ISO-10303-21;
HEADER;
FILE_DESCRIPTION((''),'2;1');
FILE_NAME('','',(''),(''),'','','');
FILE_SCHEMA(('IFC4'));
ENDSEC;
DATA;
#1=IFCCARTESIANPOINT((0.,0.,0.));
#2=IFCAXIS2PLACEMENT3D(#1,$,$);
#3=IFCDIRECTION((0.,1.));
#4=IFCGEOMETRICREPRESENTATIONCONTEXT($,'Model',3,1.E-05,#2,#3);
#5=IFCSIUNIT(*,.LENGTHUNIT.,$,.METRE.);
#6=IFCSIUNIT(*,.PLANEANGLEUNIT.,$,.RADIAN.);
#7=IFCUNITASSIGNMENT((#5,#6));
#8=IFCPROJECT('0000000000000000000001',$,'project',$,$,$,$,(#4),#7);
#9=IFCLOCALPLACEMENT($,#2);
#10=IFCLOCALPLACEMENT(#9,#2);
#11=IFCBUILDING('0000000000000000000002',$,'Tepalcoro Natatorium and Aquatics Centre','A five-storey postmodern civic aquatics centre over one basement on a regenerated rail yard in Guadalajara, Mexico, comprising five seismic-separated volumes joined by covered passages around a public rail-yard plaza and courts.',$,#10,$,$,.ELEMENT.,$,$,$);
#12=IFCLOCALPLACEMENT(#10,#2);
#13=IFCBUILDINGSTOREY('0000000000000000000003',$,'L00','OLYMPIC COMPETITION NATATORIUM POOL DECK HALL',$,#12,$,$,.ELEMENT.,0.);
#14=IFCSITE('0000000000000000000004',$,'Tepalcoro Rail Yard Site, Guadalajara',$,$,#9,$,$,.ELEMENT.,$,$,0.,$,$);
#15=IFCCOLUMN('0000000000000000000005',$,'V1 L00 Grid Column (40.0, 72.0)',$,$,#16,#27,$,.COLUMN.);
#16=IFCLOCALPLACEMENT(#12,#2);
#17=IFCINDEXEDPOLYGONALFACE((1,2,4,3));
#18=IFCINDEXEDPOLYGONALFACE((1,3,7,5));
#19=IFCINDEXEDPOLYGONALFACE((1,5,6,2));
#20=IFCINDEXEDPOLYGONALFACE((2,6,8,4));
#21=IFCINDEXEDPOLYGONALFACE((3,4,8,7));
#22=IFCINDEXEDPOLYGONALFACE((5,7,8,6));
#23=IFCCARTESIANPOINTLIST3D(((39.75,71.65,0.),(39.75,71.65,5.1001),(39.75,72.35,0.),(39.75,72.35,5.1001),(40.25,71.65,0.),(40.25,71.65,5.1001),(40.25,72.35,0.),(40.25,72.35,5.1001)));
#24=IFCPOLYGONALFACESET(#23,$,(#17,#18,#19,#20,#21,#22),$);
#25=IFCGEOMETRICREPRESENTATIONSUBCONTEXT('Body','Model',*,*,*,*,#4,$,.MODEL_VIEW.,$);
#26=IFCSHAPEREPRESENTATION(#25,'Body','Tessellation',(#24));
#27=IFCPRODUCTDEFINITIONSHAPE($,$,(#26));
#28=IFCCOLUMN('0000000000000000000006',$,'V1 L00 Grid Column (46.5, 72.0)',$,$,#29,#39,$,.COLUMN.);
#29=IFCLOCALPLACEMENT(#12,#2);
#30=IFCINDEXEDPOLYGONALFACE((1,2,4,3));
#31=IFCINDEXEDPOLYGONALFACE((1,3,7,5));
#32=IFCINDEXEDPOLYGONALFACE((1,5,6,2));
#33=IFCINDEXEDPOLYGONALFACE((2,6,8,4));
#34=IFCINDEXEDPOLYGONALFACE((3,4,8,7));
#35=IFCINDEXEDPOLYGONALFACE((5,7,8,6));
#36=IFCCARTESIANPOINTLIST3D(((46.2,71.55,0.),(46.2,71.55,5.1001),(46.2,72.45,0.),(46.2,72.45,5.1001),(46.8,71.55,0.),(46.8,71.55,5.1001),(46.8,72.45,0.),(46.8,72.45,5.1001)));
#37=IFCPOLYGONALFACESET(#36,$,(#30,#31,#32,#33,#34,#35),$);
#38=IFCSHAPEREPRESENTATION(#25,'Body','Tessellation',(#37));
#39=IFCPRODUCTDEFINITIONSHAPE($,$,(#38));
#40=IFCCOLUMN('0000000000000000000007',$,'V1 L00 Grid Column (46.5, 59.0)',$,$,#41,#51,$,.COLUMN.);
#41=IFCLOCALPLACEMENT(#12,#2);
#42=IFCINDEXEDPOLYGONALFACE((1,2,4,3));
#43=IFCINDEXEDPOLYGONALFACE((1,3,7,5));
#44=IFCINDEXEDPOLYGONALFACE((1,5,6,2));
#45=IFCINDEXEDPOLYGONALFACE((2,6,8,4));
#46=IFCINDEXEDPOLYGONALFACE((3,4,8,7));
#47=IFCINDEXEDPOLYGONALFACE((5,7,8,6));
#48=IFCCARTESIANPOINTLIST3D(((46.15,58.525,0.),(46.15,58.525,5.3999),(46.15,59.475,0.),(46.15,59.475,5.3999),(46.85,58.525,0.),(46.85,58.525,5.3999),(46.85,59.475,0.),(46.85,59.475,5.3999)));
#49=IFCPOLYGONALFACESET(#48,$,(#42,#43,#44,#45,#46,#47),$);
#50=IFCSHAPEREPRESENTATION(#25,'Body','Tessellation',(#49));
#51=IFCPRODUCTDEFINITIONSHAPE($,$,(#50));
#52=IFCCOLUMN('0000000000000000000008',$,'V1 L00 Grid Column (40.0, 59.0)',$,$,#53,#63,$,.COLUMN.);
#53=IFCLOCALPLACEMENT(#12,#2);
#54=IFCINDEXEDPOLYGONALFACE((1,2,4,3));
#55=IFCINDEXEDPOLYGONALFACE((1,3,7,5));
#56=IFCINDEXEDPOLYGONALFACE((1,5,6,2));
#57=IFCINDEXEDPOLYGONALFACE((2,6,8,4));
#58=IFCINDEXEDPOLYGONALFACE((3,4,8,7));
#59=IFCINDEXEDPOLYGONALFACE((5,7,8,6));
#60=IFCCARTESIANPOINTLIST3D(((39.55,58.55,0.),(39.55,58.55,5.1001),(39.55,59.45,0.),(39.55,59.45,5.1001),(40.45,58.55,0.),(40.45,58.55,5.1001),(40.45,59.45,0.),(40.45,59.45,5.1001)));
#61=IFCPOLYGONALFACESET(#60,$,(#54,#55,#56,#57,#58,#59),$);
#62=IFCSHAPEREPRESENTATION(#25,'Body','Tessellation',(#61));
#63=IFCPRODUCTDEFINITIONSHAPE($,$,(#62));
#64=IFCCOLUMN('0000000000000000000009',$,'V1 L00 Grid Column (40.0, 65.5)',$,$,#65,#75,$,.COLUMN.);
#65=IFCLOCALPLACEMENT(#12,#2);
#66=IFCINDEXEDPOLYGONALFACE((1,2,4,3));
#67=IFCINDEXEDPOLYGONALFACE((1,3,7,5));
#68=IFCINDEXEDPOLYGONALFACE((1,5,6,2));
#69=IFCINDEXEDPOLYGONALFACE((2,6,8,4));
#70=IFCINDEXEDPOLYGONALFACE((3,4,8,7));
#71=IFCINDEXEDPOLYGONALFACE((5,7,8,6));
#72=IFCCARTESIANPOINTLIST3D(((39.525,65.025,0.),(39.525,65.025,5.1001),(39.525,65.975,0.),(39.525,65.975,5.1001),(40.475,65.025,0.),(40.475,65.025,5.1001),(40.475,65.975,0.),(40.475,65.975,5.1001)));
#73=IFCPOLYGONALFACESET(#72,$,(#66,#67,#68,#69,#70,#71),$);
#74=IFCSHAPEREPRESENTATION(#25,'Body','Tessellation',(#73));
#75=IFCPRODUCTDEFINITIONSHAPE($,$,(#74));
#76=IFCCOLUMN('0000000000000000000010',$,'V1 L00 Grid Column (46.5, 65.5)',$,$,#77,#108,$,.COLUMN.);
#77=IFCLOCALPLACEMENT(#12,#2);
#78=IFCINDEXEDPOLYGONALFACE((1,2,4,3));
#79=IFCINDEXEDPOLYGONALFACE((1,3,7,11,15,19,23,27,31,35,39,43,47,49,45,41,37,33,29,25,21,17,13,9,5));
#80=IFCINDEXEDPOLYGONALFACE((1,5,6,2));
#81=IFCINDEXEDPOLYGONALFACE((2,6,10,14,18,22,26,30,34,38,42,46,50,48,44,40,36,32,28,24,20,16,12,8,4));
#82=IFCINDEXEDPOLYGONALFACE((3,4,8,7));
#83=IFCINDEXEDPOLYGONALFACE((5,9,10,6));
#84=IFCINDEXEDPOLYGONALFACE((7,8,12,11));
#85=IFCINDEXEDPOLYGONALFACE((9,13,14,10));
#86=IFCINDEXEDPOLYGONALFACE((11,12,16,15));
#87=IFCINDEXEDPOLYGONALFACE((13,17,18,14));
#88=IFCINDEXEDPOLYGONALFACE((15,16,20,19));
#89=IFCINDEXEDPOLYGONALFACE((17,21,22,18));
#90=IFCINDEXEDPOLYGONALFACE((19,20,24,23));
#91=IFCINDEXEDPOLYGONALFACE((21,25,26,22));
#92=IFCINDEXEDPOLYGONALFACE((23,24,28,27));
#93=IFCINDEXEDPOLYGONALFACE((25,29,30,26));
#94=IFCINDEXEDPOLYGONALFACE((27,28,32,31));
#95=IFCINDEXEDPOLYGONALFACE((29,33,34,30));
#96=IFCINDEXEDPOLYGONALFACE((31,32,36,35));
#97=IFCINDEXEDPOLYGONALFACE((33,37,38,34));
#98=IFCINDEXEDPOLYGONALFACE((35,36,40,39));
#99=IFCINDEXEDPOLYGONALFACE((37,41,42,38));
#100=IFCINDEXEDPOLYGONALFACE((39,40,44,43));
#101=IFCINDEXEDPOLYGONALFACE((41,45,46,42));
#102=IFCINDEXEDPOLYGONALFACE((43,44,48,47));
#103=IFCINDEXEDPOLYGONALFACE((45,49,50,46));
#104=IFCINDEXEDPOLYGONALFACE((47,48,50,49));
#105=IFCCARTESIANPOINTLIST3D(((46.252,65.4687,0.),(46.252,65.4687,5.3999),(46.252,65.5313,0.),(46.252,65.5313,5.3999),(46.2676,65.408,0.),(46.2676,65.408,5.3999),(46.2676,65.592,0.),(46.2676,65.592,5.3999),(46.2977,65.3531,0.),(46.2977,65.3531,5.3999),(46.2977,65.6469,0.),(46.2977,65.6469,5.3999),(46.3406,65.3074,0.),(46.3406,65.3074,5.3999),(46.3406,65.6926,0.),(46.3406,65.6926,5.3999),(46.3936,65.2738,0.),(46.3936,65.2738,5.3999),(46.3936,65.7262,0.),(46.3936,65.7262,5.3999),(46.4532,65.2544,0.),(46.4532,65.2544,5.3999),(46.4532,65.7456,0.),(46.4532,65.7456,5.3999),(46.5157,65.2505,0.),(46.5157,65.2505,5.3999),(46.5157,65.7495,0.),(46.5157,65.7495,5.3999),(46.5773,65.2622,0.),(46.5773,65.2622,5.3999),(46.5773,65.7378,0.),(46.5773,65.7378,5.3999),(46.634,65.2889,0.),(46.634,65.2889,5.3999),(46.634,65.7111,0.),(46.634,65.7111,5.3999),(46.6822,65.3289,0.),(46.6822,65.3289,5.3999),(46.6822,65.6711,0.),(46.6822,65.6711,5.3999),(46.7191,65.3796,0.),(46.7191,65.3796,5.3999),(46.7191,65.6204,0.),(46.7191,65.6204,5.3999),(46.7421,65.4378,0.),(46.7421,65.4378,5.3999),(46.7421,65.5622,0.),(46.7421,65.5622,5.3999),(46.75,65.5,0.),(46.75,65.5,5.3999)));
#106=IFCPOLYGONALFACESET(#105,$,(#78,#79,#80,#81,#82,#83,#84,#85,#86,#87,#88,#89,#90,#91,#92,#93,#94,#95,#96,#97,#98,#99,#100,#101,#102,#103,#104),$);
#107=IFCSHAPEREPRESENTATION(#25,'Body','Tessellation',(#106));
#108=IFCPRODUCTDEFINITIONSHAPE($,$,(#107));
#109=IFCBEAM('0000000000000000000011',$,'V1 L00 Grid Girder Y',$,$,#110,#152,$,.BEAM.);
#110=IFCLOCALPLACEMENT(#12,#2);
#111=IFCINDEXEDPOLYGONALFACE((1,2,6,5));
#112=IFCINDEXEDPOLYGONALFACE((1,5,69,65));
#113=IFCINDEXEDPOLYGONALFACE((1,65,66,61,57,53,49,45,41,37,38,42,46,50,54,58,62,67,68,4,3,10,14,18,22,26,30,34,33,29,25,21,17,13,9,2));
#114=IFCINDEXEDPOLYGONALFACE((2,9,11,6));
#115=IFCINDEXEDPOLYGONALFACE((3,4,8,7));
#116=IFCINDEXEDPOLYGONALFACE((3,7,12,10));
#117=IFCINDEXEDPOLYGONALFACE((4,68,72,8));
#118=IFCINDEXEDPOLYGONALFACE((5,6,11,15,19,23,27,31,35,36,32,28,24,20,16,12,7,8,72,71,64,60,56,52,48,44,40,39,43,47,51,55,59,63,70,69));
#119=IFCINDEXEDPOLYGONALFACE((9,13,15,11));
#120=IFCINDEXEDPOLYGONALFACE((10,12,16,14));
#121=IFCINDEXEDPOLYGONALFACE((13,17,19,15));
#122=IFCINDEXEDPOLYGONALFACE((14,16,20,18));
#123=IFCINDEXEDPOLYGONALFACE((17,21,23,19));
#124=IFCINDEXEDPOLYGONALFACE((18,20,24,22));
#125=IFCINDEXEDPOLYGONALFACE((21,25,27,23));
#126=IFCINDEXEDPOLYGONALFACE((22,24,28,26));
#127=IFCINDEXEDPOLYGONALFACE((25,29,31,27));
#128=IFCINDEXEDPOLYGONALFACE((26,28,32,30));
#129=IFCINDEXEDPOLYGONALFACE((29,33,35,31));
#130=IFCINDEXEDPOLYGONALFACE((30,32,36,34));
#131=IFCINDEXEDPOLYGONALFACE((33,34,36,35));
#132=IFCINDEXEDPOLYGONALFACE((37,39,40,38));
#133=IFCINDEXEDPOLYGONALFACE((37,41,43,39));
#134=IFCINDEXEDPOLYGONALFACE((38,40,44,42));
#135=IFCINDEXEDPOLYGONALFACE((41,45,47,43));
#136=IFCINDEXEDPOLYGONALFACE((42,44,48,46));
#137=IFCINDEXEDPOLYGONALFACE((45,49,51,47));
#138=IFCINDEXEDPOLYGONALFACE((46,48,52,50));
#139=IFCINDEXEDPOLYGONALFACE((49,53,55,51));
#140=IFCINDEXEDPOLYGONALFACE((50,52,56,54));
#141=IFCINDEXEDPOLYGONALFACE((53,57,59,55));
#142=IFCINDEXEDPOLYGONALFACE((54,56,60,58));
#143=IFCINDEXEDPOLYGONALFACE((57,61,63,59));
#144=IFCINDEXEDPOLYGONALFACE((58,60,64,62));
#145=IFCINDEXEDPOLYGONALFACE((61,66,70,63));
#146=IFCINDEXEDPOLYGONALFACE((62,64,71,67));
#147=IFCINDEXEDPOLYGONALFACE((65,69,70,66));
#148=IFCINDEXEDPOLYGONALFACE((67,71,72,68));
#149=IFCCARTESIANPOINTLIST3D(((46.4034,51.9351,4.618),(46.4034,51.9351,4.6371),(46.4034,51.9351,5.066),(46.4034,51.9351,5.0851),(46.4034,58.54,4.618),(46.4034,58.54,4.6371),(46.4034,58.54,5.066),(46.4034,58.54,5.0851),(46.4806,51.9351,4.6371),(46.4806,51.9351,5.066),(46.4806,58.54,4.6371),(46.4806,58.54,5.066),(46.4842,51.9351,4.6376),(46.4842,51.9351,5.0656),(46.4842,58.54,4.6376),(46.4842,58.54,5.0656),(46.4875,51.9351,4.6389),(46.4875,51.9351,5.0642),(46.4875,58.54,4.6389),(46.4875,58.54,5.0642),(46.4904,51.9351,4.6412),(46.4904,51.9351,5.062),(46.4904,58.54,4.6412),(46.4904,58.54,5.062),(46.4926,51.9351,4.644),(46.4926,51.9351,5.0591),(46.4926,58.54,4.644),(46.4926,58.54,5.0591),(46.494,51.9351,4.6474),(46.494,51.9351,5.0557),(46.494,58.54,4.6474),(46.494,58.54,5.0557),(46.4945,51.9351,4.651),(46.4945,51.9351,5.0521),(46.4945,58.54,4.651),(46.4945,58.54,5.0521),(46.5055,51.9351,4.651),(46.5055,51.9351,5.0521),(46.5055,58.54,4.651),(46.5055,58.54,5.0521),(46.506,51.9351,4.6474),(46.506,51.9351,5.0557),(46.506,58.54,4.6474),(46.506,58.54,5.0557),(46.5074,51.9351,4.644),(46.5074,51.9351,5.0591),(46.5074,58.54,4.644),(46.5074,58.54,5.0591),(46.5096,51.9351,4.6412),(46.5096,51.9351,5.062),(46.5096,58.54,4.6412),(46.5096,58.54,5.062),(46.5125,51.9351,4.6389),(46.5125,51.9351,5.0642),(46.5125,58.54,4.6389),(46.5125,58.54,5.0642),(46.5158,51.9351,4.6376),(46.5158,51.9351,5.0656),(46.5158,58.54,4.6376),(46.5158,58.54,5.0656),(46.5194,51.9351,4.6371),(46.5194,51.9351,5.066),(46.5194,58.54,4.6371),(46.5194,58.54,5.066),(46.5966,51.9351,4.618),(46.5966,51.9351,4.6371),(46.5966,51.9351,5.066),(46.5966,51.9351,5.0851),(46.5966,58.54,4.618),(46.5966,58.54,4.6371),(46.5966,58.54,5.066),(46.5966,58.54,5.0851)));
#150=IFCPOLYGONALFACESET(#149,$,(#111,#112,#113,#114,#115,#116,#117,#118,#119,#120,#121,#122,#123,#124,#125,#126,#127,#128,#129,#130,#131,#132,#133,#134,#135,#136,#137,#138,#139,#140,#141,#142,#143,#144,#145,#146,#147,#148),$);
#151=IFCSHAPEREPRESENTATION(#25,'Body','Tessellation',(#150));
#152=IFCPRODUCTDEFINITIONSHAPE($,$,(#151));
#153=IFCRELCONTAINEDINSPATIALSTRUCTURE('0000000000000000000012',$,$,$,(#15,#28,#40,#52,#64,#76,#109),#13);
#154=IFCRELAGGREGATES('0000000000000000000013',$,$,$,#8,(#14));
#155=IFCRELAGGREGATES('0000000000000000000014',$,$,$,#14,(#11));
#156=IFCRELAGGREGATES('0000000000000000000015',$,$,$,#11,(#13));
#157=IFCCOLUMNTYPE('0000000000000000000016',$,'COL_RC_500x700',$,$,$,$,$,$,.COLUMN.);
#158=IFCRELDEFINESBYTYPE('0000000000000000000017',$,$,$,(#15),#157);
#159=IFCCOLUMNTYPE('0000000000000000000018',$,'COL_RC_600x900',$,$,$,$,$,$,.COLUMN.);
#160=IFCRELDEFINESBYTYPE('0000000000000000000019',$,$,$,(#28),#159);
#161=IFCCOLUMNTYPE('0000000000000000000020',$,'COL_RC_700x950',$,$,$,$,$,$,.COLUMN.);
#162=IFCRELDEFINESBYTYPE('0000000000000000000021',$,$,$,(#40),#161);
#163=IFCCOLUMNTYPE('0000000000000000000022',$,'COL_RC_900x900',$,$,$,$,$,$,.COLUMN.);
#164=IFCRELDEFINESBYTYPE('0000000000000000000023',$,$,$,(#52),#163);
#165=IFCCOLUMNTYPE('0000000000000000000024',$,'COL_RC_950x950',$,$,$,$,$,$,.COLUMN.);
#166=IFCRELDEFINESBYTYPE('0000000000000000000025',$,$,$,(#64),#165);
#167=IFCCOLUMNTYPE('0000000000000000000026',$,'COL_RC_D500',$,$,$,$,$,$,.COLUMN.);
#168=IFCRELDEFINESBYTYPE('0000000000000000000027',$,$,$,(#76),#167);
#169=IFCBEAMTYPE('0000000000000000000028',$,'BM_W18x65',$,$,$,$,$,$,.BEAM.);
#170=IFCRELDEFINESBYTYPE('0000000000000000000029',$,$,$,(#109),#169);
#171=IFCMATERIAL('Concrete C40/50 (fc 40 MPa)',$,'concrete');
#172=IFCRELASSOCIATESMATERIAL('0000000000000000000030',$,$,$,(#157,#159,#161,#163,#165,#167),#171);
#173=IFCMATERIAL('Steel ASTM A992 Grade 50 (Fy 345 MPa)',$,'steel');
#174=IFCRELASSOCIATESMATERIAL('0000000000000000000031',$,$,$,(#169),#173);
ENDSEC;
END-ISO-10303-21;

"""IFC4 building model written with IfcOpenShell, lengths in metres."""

from ifc_helpers import new_model, si_unit, direction, frame, origin, origin_2d, place, context, subcontext, project, spatial, rectangle, circle, i_section, extrude, material, material_profile, profile_set, type_object, element, save


model = new_model("IFC4")

# Units and contexts
model_context = context("Model", 3, precision=1e-05, world=origin(), true_north=direction((0.0, 1.0)))
body_context = subcontext(model_context, "Body", "Model", "MODEL_VIEW")
ifc_project = project(units=[si_unit("LENGTHUNIT", "METRE"), si_unit("PLANEANGLEUNIT", "RADIAN")], contexts=[model_context])

# Site, building, storey
site_placement = place(None, origin())
site = spatial("IfcSite", under=ifc_project, at=site_placement, Name="Tepalcoro Rail Yard Site, Guadalajara", CompositionType="ELEMENT", RefElevation=0.0)
building_placement = place(site_placement, origin())
building = spatial("IfcBuilding", under=site, at=building_placement, Name="Tepalcoro Natatorium and Aquatics Centre", Description="A five-storey postmodern civic aquatics centre over one basement on a regenerated rail yard in Guadalajara, Mexico, comprising five seismic-separated volumes joined by covered passages around a public rail-yard plaza and courts.", CompositionType="ELEMENT")
storey_placement = place(building_placement, origin())
storey = spatial("IfcBuildingStorey", under=building, at=storey_placement, Name="L00", Description="OLYMPIC COMPETITION NATATORIUM POOL DECK HALL", CompositionType="ELEMENT", Elevation=0.0)

# Columns
ifc_material_1 = material(Name="Concrete C40/50 (fc 40 MPa)", Category="concrete")
ifc_material_profile_1 = material_profile(ifc_material_1, rectangle(XDim=0.5, YDim=0.7, at=origin_2d()), Name="RC500x700")
ifc_profile_set_1 = profile_set([ifc_material_profile_1], Name="Concrete C40/50 (fc 40 MPa)")
column_type_1 = type_object("IfcColumnType", Name="COL_RC_500x700", PredefinedType="COLUMN", material=ifc_profile_set_1)
column_1_placement = place(storey_placement, frame((40.0, 72.0, 0.0), z_axis=(0.0, 0.0, 1.0), x_axis=(1.0, 0.0, 0.0)))
element("IfcColumn", 1, at=column_1_placement, inside=storey, type_object=column_type_1, Name="V1 L00 Grid Column (40.0, 72.0)", PredefinedType="COLUMN", context=body_context, shape_type="SweptSolid", body=[
    extrude(rectangle(XDim=0.5, YDim=0.7, at=origin_2d()), origin(), (0.0, 0.0, 1.0), 5.1001),
])
ifc_material_profile_2 = material_profile(ifc_material_1, rectangle(XDim=0.6001, YDim=0.8999, at=origin_2d()), Name="RC600x900")
ifc_profile_set_2 = profile_set([ifc_material_profile_2], Name="Concrete C40/50 (fc 40 MPa)")
column_type_2 = type_object("IfcColumnType", Name="COL_RC_600x900", PredefinedType="COLUMN", material=ifc_profile_set_2)
column_2_placement = place(storey_placement, frame((46.5, 72.0, 0.0), z_axis=(0.0, 0.0, 1.0), x_axis=(1.0, 0.0, 0.0)))
element("IfcColumn", 2, at=column_2_placement, inside=storey, type_object=column_type_2, Name="V1 L00 Grid Column (46.5, 72.0)", PredefinedType="COLUMN", context=body_context, shape_type="SweptSolid", body=[
    extrude(rectangle(XDim=0.6001, YDim=0.8999, at=origin_2d()), origin(), (0.0, 0.0, 1.0), 5.1001),
])
ifc_material_profile_3 = material_profile(ifc_material_1, rectangle(XDim=0.7, YDim=0.95, at=origin_2d()), Name="RC700x950")
ifc_profile_set_3 = profile_set([ifc_material_profile_3], Name="Concrete C40/50 (fc 40 MPa)")
column_type_3 = type_object("IfcColumnType", Name="COL_RC_700x950", PredefinedType="COLUMN", material=ifc_profile_set_3)
column_3_placement = place(storey_placement, frame((46.5, 59.0, 0.0), z_axis=(0.0, 0.0, 1.0), x_axis=(1.0, 0.0, 0.0)))
element("IfcColumn", 3, at=column_3_placement, inside=storey, type_object=column_type_3, Name="V1 L00 Grid Column (46.5, 59.0)", PredefinedType="COLUMN", context=body_context, shape_type="SweptSolid", body=[
    extrude(rectangle(XDim=0.7, YDim=0.95, at=origin_2d()), origin(), (0.0, 0.0, 1.0), 5.3999),
])
ifc_material_profile_4 = material_profile(ifc_material_1, rectangle(XDim=0.8999, YDim=0.8999, at=origin_2d()), Name="RC900x900")
ifc_profile_set_4 = profile_set([ifc_material_profile_4], Name="Concrete C40/50 (fc 40 MPa)")
column_type_4 = type_object("IfcColumnType", Name="COL_RC_900x900", PredefinedType="COLUMN", material=ifc_profile_set_4)
column_4_placement = place(storey_placement, frame((40.0, 59.0, 0.0), z_axis=(0.0, 0.0, 1.0), x_axis=(1.0, 0.0, 0.0)))
element("IfcColumn", 4, at=column_4_placement, inside=storey, type_object=column_type_4, Name="V1 L00 Grid Column (40.0, 59.0)", PredefinedType="COLUMN", context=body_context, shape_type="SweptSolid", body=[
    extrude(rectangle(XDim=0.8999, YDim=0.8999, at=origin_2d()), origin(), (0.0, 0.0, 1.0), 5.1001),
])
ifc_material_profile_5 = material_profile(ifc_material_1, rectangle(XDim=0.95, YDim=0.95, at=origin_2d()), Name="RC950x950")
ifc_profile_set_5 = profile_set([ifc_material_profile_5], Name="Concrete C40/50 (fc 40 MPa)")
column_type_5 = type_object("IfcColumnType", Name="COL_RC_950x950", PredefinedType="COLUMN", material=ifc_profile_set_5)
column_5_placement = place(storey_placement, frame((40.0, 65.5, 0.0), z_axis=(0.0, 0.0, 1.0), x_axis=(1.0, 0.0, 0.0)))
element("IfcColumn", 5, at=column_5_placement, inside=storey, type_object=column_type_5, Name="V1 L00 Grid Column (40.0, 65.5)", PredefinedType="COLUMN", context=body_context, shape_type="SweptSolid", body=[
    extrude(rectangle(XDim=0.95, YDim=0.95, at=origin_2d()), origin(), (0.0, 0.0, 1.0), 5.1001),
])
ifc_material_profile_6 = material_profile(ifc_material_1, circle(Radius=0.25, at=origin_2d()), Name="RCD500")
ifc_profile_set_6 = profile_set([ifc_material_profile_6], Name="Concrete C40/50 (fc 40 MPa)")
column_type_6 = type_object("IfcColumnType", Name="COL_RC_D500", PredefinedType="COLUMN", material=ifc_profile_set_6)
column_6_placement = place(storey_placement, frame((46.5, 65.5, 0.0), z_axis=(0.0, 0.0, 1.0), x_axis=(1.0, 0.0, 0.0)))
element("IfcColumn", 6, at=column_6_placement, inside=storey, type_object=column_type_6, Name="V1 L00 Grid Column (46.5, 65.5)", PredefinedType="COLUMN", context=body_context, shape_type="SweptSolid", body=[
    extrude(circle(Radius=0.25, at=origin_2d()), origin(), (0.0, 0.0, 1.0), 5.3999),
])

# Beam
ifc_material_2 = material(Name="Steel ASTM A992 Grade 50 (Fy 345 MPa)", Category="steel")
ifc_material_profile_7 = material_profile(ifc_material_2, i_section(OverallWidth=0.1931, OverallDepth=0.467, WebThickness=0.011, FlangeThickness=0.019, FilletRadius=0.0139, at=origin_2d()), Name="W18X65")
ifc_profile_set_7 = profile_set([ifc_material_profile_7], Name="Steel ASTM A992 Grade 50 (Fy 345 MPa)")
beam_type_1 = type_object("IfcBeamType", Name="BM_W18x65", PredefinedType="BEAM", material=ifc_profile_set_7)
beam_1_placement = place(storey_placement, frame((46.5, 51.9351, 4.8516), z_axis=(0.0, 1.0, 0.0), x_axis=(-1.0, 0.0, 0.0)))
element("IfcBeam", 7, at=beam_1_placement, inside=storey, type_object=beam_type_1, Name="V1 L00 Grid Girder Y", PredefinedType="BEAM", context=body_context, shape_type="SweptSolid", body=[
    extrude(i_section(OverallWidth=0.1931, OverallDepth=0.467, WebThickness=0.011, FlangeThickness=0.019, FilletRadius=0.0139, at=origin_2d()), origin(), (0.0, 0.0, 1.0), 6.605),
])

save(model, "model.ifc")
